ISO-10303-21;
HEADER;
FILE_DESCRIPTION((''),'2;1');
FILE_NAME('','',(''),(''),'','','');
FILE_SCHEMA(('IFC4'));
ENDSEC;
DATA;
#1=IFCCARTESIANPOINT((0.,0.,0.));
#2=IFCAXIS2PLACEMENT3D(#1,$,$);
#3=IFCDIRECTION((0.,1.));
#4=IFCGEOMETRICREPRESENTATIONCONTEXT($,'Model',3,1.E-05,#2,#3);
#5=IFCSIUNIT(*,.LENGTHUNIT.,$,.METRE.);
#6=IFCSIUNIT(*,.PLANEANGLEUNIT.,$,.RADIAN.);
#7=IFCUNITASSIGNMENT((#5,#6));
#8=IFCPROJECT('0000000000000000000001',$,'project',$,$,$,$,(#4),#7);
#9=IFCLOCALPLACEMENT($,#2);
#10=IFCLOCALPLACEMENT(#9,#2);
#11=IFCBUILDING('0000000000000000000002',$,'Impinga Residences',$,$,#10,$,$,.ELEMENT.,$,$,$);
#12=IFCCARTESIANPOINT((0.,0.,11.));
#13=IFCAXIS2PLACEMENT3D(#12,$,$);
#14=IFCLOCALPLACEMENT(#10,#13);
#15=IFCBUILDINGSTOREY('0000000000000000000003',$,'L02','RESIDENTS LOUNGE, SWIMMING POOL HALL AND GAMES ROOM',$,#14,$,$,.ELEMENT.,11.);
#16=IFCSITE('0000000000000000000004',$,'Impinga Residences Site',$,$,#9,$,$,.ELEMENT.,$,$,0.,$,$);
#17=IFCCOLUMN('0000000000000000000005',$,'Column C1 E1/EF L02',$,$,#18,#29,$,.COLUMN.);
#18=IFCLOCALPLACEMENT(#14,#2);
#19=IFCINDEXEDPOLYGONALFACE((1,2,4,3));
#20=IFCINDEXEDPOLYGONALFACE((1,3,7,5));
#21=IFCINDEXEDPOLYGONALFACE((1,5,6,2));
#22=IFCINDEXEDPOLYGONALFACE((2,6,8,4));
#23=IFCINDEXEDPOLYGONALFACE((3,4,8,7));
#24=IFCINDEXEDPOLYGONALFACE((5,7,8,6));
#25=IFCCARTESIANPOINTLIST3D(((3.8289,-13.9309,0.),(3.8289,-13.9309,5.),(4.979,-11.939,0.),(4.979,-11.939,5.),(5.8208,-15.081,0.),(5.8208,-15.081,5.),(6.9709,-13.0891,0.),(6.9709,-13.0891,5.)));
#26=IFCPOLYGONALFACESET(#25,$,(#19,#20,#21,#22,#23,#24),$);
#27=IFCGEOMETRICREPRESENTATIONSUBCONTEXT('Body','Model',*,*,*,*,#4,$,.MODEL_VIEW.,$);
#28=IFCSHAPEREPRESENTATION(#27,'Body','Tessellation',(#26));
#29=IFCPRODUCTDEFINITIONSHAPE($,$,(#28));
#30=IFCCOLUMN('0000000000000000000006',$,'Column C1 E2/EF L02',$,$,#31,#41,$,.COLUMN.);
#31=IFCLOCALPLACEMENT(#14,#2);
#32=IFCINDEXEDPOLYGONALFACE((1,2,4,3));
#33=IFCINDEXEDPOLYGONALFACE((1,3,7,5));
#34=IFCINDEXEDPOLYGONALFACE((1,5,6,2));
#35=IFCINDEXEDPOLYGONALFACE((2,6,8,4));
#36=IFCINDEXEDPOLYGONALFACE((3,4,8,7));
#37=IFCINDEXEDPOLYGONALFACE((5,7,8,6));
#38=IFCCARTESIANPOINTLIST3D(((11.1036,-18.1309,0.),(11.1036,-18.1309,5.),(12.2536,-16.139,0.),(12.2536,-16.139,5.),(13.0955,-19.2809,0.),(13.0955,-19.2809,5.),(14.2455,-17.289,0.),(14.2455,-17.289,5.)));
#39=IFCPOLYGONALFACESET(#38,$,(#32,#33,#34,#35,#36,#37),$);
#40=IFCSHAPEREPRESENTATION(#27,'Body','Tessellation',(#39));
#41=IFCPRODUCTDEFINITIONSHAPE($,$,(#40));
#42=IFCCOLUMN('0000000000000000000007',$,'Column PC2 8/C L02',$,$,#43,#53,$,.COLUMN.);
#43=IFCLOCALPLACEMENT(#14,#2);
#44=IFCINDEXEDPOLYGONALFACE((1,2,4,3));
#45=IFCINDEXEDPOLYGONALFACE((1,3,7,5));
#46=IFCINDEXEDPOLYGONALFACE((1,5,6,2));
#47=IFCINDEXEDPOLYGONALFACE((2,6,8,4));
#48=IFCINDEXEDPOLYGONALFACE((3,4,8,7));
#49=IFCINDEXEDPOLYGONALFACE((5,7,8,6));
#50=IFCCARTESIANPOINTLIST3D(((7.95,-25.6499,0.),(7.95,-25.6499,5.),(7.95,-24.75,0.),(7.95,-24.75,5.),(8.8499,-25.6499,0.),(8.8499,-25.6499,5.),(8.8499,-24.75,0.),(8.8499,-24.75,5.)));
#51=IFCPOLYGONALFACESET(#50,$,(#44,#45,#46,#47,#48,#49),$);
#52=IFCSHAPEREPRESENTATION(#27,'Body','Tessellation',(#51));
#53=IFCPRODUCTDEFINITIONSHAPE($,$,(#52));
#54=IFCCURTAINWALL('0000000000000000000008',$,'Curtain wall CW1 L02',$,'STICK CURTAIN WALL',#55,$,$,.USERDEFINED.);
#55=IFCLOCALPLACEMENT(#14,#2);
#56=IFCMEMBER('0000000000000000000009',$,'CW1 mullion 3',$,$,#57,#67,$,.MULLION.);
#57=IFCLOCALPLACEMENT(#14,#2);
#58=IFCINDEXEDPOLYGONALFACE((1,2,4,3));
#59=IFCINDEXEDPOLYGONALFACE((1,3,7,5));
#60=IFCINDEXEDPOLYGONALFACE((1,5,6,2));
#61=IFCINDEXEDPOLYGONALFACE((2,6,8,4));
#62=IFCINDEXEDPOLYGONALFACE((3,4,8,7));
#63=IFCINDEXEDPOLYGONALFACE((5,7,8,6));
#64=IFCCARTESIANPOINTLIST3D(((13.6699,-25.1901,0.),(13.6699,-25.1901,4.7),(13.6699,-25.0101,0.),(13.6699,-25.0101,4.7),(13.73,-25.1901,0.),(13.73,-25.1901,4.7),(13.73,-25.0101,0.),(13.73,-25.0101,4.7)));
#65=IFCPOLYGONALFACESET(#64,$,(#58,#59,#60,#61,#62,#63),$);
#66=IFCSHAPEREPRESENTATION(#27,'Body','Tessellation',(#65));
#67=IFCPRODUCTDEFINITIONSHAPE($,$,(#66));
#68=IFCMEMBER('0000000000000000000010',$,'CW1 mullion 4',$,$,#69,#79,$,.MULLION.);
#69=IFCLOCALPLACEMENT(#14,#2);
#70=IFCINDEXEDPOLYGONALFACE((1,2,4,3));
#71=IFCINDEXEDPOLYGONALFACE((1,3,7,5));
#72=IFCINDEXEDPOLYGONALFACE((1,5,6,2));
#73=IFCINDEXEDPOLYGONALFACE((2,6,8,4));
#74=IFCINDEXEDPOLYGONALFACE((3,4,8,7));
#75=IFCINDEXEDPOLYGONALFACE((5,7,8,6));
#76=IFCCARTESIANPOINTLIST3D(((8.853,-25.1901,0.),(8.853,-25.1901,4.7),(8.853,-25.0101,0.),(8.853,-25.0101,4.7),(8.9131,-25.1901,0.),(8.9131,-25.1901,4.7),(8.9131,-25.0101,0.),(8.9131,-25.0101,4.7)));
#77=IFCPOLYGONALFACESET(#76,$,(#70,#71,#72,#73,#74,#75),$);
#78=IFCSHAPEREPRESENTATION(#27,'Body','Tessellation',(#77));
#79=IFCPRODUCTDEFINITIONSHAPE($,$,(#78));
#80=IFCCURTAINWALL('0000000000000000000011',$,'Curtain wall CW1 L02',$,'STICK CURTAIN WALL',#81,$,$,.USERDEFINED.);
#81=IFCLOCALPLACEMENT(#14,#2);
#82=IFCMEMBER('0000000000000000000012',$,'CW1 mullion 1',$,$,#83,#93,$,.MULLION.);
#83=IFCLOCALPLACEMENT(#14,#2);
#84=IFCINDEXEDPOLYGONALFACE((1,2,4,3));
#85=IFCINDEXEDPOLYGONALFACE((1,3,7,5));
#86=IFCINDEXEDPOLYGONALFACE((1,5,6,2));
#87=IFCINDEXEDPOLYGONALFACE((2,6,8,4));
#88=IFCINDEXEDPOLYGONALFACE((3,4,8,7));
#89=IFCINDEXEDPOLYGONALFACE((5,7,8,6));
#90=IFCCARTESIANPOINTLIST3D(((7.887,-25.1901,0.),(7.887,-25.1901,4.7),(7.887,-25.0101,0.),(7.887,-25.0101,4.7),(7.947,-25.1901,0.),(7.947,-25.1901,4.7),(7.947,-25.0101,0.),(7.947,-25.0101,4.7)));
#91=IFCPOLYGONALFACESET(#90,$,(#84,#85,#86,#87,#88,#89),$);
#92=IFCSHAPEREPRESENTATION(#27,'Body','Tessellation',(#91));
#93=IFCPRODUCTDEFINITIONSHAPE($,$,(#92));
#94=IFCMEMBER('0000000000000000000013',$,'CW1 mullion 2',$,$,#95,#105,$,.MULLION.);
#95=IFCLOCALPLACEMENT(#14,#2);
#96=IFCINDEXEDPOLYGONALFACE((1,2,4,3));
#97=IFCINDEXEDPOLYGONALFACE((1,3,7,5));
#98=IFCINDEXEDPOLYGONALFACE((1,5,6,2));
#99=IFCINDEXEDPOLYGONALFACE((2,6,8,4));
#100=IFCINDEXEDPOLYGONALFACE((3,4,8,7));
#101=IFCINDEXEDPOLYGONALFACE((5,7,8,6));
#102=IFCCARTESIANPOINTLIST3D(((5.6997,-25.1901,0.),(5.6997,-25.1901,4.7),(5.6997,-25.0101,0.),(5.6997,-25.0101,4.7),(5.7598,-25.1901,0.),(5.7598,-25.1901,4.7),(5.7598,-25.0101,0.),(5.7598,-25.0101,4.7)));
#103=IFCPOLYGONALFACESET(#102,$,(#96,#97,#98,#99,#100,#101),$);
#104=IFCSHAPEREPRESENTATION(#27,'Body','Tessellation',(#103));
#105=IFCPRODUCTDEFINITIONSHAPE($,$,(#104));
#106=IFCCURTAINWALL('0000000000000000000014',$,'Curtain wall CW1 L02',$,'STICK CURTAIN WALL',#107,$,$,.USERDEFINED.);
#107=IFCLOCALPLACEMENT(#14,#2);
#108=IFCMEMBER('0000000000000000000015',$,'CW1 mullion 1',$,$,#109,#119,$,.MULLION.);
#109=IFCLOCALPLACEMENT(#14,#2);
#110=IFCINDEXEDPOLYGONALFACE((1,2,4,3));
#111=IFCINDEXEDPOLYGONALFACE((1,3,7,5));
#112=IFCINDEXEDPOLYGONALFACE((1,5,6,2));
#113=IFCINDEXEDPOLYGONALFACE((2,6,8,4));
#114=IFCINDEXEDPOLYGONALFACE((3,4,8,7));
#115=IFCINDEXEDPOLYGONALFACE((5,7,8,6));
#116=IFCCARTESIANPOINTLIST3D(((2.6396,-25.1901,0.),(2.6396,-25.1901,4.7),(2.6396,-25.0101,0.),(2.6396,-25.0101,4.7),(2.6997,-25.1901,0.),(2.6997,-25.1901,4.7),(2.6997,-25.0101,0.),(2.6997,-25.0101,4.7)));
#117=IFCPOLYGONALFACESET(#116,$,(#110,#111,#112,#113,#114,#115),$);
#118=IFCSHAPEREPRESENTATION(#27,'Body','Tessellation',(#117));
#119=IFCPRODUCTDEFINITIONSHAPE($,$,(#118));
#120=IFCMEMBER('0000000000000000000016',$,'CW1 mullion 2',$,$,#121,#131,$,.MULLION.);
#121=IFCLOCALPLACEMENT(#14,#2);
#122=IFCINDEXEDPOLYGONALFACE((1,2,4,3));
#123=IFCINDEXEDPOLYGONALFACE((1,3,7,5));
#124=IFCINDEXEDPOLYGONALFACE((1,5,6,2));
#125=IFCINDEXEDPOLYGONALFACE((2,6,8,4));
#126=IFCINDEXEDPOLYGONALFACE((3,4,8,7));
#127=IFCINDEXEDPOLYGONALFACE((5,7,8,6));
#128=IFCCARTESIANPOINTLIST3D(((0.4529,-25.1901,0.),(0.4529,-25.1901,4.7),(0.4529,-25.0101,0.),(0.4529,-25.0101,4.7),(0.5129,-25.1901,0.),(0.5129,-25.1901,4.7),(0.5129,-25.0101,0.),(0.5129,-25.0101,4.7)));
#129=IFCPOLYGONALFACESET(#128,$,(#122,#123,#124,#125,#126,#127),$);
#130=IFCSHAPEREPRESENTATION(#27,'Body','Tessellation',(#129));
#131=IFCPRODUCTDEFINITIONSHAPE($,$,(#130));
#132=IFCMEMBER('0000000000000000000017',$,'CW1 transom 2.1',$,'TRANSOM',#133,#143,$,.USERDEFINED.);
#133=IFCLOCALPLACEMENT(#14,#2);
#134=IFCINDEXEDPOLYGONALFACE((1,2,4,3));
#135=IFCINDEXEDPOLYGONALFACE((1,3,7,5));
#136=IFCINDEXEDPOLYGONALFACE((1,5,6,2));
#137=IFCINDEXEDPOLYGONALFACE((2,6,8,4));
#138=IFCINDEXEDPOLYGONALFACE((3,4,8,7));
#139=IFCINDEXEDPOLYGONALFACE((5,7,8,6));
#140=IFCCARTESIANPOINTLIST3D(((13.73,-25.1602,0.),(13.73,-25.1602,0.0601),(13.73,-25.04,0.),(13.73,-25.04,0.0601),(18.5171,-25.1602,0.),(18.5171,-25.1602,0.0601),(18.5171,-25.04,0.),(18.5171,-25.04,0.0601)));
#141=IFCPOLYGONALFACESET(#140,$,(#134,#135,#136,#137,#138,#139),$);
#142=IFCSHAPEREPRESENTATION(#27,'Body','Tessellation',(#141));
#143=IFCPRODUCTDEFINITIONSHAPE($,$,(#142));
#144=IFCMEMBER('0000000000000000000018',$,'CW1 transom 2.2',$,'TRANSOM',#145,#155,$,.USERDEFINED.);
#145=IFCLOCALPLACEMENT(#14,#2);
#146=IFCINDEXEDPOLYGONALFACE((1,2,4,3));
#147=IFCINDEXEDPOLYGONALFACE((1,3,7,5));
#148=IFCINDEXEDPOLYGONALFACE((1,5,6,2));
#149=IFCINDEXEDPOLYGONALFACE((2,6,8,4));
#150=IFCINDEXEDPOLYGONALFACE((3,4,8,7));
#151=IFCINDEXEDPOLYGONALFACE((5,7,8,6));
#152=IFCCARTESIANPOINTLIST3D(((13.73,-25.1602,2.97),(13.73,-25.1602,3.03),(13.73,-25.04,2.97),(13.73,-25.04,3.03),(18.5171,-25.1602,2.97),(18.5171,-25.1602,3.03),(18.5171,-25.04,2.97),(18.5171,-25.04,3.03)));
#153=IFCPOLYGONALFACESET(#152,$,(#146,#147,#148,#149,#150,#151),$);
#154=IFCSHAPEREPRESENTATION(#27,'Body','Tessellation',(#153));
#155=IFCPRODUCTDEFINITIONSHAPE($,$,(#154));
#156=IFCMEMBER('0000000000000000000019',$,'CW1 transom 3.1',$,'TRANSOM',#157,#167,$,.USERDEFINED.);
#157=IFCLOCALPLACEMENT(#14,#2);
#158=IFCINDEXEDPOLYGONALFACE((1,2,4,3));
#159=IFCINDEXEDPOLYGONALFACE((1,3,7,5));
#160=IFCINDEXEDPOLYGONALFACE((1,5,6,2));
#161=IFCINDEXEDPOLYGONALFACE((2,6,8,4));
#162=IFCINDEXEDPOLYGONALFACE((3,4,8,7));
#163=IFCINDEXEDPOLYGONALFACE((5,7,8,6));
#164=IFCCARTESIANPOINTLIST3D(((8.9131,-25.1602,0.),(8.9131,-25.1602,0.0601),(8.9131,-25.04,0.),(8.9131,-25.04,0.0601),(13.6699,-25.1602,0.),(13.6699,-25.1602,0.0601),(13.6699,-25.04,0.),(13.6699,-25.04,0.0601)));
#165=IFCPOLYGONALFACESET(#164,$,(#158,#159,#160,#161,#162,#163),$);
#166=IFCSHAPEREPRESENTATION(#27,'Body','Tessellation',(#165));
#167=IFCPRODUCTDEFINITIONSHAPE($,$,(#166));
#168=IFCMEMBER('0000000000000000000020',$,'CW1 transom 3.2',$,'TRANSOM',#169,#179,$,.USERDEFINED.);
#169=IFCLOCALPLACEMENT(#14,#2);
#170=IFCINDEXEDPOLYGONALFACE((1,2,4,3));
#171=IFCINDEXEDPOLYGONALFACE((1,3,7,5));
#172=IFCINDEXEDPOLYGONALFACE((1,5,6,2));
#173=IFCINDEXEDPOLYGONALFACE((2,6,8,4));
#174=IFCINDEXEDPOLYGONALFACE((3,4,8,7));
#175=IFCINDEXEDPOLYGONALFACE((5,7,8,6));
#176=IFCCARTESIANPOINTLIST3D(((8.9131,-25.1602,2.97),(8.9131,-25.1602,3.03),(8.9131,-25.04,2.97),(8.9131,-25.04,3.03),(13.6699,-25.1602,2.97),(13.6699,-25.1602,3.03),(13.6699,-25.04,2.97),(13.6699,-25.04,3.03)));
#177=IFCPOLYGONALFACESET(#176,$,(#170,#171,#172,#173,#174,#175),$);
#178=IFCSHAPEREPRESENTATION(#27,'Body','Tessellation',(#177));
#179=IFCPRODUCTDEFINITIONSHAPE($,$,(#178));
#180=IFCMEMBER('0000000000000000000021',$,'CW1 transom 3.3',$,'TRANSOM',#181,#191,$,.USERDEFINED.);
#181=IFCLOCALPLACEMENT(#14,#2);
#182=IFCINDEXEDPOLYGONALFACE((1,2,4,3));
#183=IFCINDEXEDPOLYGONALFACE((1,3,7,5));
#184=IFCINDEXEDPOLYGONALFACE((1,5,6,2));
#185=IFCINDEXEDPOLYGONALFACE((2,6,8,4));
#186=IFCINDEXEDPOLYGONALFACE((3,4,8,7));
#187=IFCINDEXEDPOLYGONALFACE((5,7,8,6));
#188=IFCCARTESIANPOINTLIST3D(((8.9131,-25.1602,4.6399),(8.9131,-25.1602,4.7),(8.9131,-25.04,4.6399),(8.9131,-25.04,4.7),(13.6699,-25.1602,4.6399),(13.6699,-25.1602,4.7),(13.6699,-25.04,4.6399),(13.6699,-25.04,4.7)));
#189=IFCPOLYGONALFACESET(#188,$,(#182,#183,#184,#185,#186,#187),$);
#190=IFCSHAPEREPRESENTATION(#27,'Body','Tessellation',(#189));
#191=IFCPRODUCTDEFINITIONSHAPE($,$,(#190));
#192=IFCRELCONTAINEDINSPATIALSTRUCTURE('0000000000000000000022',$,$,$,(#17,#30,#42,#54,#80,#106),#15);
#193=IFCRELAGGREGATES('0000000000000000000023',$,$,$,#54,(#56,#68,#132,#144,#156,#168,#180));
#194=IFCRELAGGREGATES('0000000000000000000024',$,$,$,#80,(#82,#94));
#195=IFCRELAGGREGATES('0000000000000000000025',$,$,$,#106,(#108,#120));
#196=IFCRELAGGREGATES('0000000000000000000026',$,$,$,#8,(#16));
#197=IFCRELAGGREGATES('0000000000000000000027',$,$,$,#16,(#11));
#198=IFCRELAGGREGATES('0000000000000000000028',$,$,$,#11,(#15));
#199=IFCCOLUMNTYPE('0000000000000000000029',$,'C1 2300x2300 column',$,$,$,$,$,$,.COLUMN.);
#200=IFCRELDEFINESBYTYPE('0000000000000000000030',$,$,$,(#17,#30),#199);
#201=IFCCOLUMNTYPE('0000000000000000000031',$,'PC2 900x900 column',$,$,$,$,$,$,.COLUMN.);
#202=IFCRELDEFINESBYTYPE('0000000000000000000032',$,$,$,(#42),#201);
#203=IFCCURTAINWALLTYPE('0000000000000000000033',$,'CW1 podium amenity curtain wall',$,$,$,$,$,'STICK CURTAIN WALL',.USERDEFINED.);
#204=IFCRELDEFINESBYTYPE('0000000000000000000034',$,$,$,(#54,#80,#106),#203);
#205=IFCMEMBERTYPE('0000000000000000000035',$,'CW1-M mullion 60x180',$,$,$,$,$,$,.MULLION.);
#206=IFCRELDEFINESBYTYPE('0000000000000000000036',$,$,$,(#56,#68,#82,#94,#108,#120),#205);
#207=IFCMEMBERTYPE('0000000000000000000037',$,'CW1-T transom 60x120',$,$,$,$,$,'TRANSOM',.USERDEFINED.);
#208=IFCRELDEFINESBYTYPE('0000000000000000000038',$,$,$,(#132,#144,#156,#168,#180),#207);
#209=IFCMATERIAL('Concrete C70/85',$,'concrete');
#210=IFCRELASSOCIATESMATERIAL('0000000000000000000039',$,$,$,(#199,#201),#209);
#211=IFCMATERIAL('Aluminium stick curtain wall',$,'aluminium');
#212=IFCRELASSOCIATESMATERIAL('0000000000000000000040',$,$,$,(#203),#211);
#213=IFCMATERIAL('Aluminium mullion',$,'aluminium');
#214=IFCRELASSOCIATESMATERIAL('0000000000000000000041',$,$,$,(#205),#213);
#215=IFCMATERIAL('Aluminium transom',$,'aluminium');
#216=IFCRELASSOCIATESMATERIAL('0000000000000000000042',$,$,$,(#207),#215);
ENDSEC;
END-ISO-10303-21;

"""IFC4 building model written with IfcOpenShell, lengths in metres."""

from ifc_helpers import new_model, si_unit, direction, frame, origin, origin_2d, place, context, subcontext, project, spatial, rectangle, extrude, material, material_profile, profile_set, type_object, element, aggregate, save


model = new_model("IFC4")

# Units and contexts
model_context = context("Model", 3, precision=1e-05, world=origin(), true_north=direction((0.0, 1.0)))
body_context = subcontext(model_context, "Body", "Model", "MODEL_VIEW")
ifc_project = project(units=[si_unit("LENGTHUNIT", "METRE"), si_unit("PLANEANGLEUNIT", "RADIAN")], contexts=[model_context])

# Site, building, storey
site_placement = place(None, origin())
site = spatial("IfcSite", under=ifc_project, at=site_placement, Name="Impinga Residences Site", CompositionType="ELEMENT", RefElevation=0.0)
building_placement = place(site_placement, origin())
building = spatial("IfcBuilding", under=site, at=building_placement, Name="Impinga Residences", CompositionType="ELEMENT")
storey_placement = place(building_placement, frame((0.0, 0.0, 11.0)))
storey = spatial("IfcBuildingStorey", under=building, at=storey_placement, Name="L02", Description="RESIDENTS LOUNGE, SWIMMING POOL HALL AND GAMES ROOM", CompositionType="ELEMENT", Elevation=11.0)

# Columns
ifc_material_1 = material(Name="Concrete C70/85", Category="concrete")
ifc_material_profile_1 = material_profile(ifc_material_1, rectangle(XDim=2.3, YDim=2.3, at=origin_2d()), Name="RC 2300x2300")
ifc_profile_set_1 = profile_set([ifc_material_profile_1], Name="Concrete C70/85")
column_type_1 = type_object("IfcColumnType", Name="C1 2300x2300 column", PredefinedType="COLUMN", material=ifc_profile_set_1)
for number, where, z_axis, x_axis, name in (
    (1, (5.3999, -13.51, 0.0), (0.0, 0.0, 1.0), (-0.5, -0.866025, 0.0), "Column C1 E1/EF L02"),
    (2, (12.6746, -17.71, 0.0), (0.0, 0.0, 1.0), (-0.5, -0.866025, 0.0), "Column C1 E2/EF L02"),
):
    element("IfcColumn", number, at=place(storey_placement, frame(where, z_axis=z_axis, x_axis=x_axis)), inside=storey, type_object=column_type_1, Name=name, PredefinedType="COLUMN", context=body_context, shape_type="SweptSolid", body=[
        extrude(rectangle(XDim=2.3, YDim=2.3, at=origin_2d()), origin(), (0.0, 0.0, 1.0), 5.0),
    ])
ifc_material_profile_2 = material_profile(ifc_material_1, rectangle(XDim=0.8999, YDim=0.8999, at=origin_2d()), Name="RC 900x900")
ifc_profile_set_2 = profile_set([ifc_material_profile_2], Name="Concrete C70/85")
column_type_2 = type_object("IfcColumnType", Name="PC2 900x900 column", PredefinedType="COLUMN", material=ifc_profile_set_2)
column_placement = place(storey_placement, frame((8.3999, -25.2, 0.0), z_axis=(0.0, 0.0, 1.0), x_axis=(1.0, 0.0, 0.0)))
element("IfcColumn", 3, at=column_placement, inside=storey, type_object=column_type_2, Name="Column PC2 8/C L02", PredefinedType="COLUMN", context=body_context, shape_type="SweptSolid", body=[
    extrude(rectangle(XDim=0.8999, YDim=0.8999, at=origin_2d()), origin(), (0.0, 0.0, 1.0), 5.0),
])

# Curtain walls, members
ifc_material_2 = material(Name="Aluminium stick curtain wall", Category="aluminium")
curtain_wall_type = type_object("IfcCurtainWallType", Name="CW1 podium amenity curtain wall", ElementType="STICK CURTAIN WALL", PredefinedType="USERDEFINED", material=ifc_material_2)
curtain_wall_1_placement = place(storey_placement, origin())
curtain_wall_1 = element("IfcCurtainWall", 4, at=curtain_wall_1_placement, inside=storey, type_object=curtain_wall_type, Name="Curtain wall CW1 L02", ObjectType="STICK CURTAIN WALL", PredefinedType="USERDEFINED")
ifc_material_3 = material(Name="Aluminium mullion", Category="aluminium")
ifc_material_profile_3 = material_profile(ifc_material_3, rectangle(XDim=0.0601, YDim=0.1799, at=origin_2d()), Name="60x180 mullion")
ifc_profile_set_3 = profile_set([ifc_material_profile_3], Name="Aluminium mullion")
member_type_1 = type_object("IfcMemberType", Name="CW1-M mullion 60x180", PredefinedType="MULLION", material=ifc_profile_set_3)
member_1_placement = place(storey_placement, frame((13.7, -25.1001, 0.0), z_axis=(0.0, 0.0, 1.0), x_axis=(-1.0, 0.0, 0.0)))
member_1 = element("IfcMember", 5, at=member_1_placement, type_object=member_type_1, Name="CW1 mullion 3", PredefinedType="MULLION", context=body_context, shape_type="SweptSolid", body=[
    extrude(rectangle(XDim=0.0601, YDim=0.1799, at=origin_2d()), origin(), (0.0, 0.0, 1.0), 4.7),
])
member_2_placement = place(storey_placement, frame((8.8831, -25.1001, 0.0), z_axis=(0.0, 0.0, 1.0), x_axis=(-1.0, 0.0, 0.0)))
member_2 = element("IfcMember", 6, at=member_2_placement, type_object=member_type_1, Name="CW1 mullion 4", PredefinedType="MULLION", context=body_context, shape_type="SweptSolid", body=[
    extrude(rectangle(XDim=0.0601, YDim=0.1799, at=origin_2d()), origin(), (0.0, 0.0, 1.0), 4.7),
])
curtain_wall_2_placement = place(storey_placement, origin())
curtain_wall_2 = element("IfcCurtainWall", 7, at=curtain_wall_2_placement, inside=storey, type_object=curtain_wall_type, Name="Curtain wall CW1 L02", ObjectType="STICK CURTAIN WALL", PredefinedType="USERDEFINED")
member_3_placement = place(storey_placement, frame((7.917, -25.1001, 0.0), z_axis=(0.0, 0.0, 1.0), x_axis=(-1.0, 0.0, 0.0)))
member_3 = element("IfcMember", 8, at=member_3_placement, type_object=member_type_1, Name="CW1 mullion 1", PredefinedType="MULLION", context=body_context, shape_type="SweptSolid", body=[
    extrude(rectangle(XDim=0.0601, YDim=0.1799, at=origin_2d()), origin(), (0.0, 0.0, 1.0), 4.7),
])
member_4_placement = place(storey_placement, frame((5.7297, -25.1001, 0.0), z_axis=(0.0, 0.0, 1.0), x_axis=(-1.0, 0.0, 0.0)))
member_4 = element("IfcMember", 9, at=member_4_placement, type_object=member_type_1, Name="CW1 mullion 2", PredefinedType="MULLION", context=body_context, shape_type="SweptSolid", body=[
    extrude(rectangle(XDim=0.0601, YDim=0.1799, at=origin_2d()), origin(), (0.0, 0.0, 1.0), 4.7),
])
curtain_wall_3_placement = place(storey_placement, origin())
curtain_wall_3 = element("IfcCurtainWall", 10, at=curtain_wall_3_placement, inside=storey, type_object=curtain_wall_type, Name="Curtain wall CW1 L02", ObjectType="STICK CURTAIN WALL", PredefinedType="USERDEFINED")
member_5_placement = place(storey_placement, frame((2.6697, -25.1001, 0.0), z_axis=(0.0, 0.0, 1.0), x_axis=(-1.0, 0.0, 0.0)))
member_5 = element("IfcMember", 11, at=member_5_placement, type_object=member_type_1, Name="CW1 mullion 1", PredefinedType="MULLION", context=body_context, shape_type="SweptSolid", body=[
    extrude(rectangle(XDim=0.0601, YDim=0.1799, at=origin_2d()), origin(), (0.0, 0.0, 1.0), 4.7),
])
member_6_placement = place(storey_placement, frame((0.4829, -25.1001, 0.0), z_axis=(0.0, 0.0, 1.0), x_axis=(-1.0, 0.0, 0.0)))
member_6 = element("IfcMember", 12, at=member_6_placement, type_object=member_type_1, Name="CW1 mullion 2", PredefinedType="MULLION", context=body_context, shape_type="SweptSolid", body=[
    extrude(rectangle(XDim=0.0601, YDim=0.1799, at=origin_2d()), origin(), (0.0, 0.0, 1.0), 4.7),
])

# Members
ifc_material_4 = material(Name="Aluminium transom", Category="aluminium")
ifc_material_profile_4 = material_profile(ifc_material_4, rectangle(XDim=0.0601, YDim=0.1201, at=origin_2d()), Name="60x120 transom")
ifc_profile_set_4 = profile_set([ifc_material_profile_4], Name="Aluminium transom")
member_type_2 = type_object("IfcMemberType", Name="CW1-T transom 60x120", ElementType="TRANSOM", PredefinedType="USERDEFINED", material=ifc_profile_set_4)
member_7_placement = place(storey_placement, frame((18.5171, -25.1001, 0.03), z_axis=(-1.0, 0.0, 0.0), x_axis=(0.0, 0.0, 1.0)))
member_7 = element("IfcMember", 13, at=member_7_placement, type_object=member_type_2, Name="CW1 transom 2.1", ObjectType="TRANSOM", PredefinedType="USERDEFINED", context=body_context, shape_type="SweptSolid", body=[
    extrude(rectangle(XDim=0.0601, YDim=0.1201, at=origin_2d()), origin(), (0.0, 0.0, 1.0), 4.7871),
])
member_8_placement = place(storey_placement, frame((18.5171, -25.1001, 3.0), z_axis=(-1.0, 0.0, 0.0), x_axis=(0.0, 0.0, 1.0)))
member_8 = element("IfcMember", 14, at=member_8_placement, type_object=member_type_2, Name="CW1 transom 2.2", ObjectType="TRANSOM", PredefinedType="USERDEFINED", context=body_context, shape_type="SweptSolid", body=[
    extrude(rectangle(XDim=0.0601, YDim=0.1201, at=origin_2d()), origin(), (0.0, 0.0, 1.0), 4.7871),
])
member_9_placement = place(storey_placement, frame((13.6699, -25.1001, 0.03), z_axis=(-1.0, 0.0, 0.0), x_axis=(0.0, 0.0, 1.0)))
member_9 = element("IfcMember", 15, at=member_9_placement, type_object=member_type_2, Name="CW1 transom 3.1", ObjectType="TRANSOM", PredefinedType="USERDEFINED", context=body_context, shape_type="SweptSolid", body=[
    extrude(rectangle(XDim=0.0601, YDim=0.1201, at=origin_2d()), origin(), (0.0, 0.0, 1.0), 4.7568),
])
member_10_placement = place(storey_placement, frame((13.6699, -25.1001, 3.0), z_axis=(-1.0, 0.0, 0.0), x_axis=(0.0, 0.0, 1.0)))
member_10 = element("IfcMember", 16, at=member_10_placement, type_object=member_type_2, Name="CW1 transom 3.2", ObjectType="TRANSOM", PredefinedType="USERDEFINED", context=body_context, shape_type="SweptSolid", body=[
    extrude(rectangle(XDim=0.0601, YDim=0.1201, at=origin_2d()), origin(), (0.0, 0.0, 1.0), 4.7568),
])
member_11_placement = place(storey_placement, frame((13.6699, -25.1001, 4.6699), z_axis=(-1.0, 0.0, 0.0), x_axis=(0.0, 0.0, 1.0)))
member_11 = element("IfcMember", 17, at=member_11_placement, type_object=member_type_2, Name="CW1 transom 3.3", ObjectType="TRANSOM", PredefinedType="USERDEFINED", context=body_context, shape_type="SweptSolid", body=[
    extrude(rectangle(XDim=0.0601, YDim=0.1201, at=origin_2d()), origin(), (0.0, 0.0, 1.0), 4.7568),
])

aggregate(curtain_wall_1, [member_1, member_2, member_7, member_8, member_9, member_10, member_11])
aggregate(curtain_wall_2, [member_3, member_4])
aggregate(curtain_wall_3, [member_5, member_6])

save(model, "model.ifc")
